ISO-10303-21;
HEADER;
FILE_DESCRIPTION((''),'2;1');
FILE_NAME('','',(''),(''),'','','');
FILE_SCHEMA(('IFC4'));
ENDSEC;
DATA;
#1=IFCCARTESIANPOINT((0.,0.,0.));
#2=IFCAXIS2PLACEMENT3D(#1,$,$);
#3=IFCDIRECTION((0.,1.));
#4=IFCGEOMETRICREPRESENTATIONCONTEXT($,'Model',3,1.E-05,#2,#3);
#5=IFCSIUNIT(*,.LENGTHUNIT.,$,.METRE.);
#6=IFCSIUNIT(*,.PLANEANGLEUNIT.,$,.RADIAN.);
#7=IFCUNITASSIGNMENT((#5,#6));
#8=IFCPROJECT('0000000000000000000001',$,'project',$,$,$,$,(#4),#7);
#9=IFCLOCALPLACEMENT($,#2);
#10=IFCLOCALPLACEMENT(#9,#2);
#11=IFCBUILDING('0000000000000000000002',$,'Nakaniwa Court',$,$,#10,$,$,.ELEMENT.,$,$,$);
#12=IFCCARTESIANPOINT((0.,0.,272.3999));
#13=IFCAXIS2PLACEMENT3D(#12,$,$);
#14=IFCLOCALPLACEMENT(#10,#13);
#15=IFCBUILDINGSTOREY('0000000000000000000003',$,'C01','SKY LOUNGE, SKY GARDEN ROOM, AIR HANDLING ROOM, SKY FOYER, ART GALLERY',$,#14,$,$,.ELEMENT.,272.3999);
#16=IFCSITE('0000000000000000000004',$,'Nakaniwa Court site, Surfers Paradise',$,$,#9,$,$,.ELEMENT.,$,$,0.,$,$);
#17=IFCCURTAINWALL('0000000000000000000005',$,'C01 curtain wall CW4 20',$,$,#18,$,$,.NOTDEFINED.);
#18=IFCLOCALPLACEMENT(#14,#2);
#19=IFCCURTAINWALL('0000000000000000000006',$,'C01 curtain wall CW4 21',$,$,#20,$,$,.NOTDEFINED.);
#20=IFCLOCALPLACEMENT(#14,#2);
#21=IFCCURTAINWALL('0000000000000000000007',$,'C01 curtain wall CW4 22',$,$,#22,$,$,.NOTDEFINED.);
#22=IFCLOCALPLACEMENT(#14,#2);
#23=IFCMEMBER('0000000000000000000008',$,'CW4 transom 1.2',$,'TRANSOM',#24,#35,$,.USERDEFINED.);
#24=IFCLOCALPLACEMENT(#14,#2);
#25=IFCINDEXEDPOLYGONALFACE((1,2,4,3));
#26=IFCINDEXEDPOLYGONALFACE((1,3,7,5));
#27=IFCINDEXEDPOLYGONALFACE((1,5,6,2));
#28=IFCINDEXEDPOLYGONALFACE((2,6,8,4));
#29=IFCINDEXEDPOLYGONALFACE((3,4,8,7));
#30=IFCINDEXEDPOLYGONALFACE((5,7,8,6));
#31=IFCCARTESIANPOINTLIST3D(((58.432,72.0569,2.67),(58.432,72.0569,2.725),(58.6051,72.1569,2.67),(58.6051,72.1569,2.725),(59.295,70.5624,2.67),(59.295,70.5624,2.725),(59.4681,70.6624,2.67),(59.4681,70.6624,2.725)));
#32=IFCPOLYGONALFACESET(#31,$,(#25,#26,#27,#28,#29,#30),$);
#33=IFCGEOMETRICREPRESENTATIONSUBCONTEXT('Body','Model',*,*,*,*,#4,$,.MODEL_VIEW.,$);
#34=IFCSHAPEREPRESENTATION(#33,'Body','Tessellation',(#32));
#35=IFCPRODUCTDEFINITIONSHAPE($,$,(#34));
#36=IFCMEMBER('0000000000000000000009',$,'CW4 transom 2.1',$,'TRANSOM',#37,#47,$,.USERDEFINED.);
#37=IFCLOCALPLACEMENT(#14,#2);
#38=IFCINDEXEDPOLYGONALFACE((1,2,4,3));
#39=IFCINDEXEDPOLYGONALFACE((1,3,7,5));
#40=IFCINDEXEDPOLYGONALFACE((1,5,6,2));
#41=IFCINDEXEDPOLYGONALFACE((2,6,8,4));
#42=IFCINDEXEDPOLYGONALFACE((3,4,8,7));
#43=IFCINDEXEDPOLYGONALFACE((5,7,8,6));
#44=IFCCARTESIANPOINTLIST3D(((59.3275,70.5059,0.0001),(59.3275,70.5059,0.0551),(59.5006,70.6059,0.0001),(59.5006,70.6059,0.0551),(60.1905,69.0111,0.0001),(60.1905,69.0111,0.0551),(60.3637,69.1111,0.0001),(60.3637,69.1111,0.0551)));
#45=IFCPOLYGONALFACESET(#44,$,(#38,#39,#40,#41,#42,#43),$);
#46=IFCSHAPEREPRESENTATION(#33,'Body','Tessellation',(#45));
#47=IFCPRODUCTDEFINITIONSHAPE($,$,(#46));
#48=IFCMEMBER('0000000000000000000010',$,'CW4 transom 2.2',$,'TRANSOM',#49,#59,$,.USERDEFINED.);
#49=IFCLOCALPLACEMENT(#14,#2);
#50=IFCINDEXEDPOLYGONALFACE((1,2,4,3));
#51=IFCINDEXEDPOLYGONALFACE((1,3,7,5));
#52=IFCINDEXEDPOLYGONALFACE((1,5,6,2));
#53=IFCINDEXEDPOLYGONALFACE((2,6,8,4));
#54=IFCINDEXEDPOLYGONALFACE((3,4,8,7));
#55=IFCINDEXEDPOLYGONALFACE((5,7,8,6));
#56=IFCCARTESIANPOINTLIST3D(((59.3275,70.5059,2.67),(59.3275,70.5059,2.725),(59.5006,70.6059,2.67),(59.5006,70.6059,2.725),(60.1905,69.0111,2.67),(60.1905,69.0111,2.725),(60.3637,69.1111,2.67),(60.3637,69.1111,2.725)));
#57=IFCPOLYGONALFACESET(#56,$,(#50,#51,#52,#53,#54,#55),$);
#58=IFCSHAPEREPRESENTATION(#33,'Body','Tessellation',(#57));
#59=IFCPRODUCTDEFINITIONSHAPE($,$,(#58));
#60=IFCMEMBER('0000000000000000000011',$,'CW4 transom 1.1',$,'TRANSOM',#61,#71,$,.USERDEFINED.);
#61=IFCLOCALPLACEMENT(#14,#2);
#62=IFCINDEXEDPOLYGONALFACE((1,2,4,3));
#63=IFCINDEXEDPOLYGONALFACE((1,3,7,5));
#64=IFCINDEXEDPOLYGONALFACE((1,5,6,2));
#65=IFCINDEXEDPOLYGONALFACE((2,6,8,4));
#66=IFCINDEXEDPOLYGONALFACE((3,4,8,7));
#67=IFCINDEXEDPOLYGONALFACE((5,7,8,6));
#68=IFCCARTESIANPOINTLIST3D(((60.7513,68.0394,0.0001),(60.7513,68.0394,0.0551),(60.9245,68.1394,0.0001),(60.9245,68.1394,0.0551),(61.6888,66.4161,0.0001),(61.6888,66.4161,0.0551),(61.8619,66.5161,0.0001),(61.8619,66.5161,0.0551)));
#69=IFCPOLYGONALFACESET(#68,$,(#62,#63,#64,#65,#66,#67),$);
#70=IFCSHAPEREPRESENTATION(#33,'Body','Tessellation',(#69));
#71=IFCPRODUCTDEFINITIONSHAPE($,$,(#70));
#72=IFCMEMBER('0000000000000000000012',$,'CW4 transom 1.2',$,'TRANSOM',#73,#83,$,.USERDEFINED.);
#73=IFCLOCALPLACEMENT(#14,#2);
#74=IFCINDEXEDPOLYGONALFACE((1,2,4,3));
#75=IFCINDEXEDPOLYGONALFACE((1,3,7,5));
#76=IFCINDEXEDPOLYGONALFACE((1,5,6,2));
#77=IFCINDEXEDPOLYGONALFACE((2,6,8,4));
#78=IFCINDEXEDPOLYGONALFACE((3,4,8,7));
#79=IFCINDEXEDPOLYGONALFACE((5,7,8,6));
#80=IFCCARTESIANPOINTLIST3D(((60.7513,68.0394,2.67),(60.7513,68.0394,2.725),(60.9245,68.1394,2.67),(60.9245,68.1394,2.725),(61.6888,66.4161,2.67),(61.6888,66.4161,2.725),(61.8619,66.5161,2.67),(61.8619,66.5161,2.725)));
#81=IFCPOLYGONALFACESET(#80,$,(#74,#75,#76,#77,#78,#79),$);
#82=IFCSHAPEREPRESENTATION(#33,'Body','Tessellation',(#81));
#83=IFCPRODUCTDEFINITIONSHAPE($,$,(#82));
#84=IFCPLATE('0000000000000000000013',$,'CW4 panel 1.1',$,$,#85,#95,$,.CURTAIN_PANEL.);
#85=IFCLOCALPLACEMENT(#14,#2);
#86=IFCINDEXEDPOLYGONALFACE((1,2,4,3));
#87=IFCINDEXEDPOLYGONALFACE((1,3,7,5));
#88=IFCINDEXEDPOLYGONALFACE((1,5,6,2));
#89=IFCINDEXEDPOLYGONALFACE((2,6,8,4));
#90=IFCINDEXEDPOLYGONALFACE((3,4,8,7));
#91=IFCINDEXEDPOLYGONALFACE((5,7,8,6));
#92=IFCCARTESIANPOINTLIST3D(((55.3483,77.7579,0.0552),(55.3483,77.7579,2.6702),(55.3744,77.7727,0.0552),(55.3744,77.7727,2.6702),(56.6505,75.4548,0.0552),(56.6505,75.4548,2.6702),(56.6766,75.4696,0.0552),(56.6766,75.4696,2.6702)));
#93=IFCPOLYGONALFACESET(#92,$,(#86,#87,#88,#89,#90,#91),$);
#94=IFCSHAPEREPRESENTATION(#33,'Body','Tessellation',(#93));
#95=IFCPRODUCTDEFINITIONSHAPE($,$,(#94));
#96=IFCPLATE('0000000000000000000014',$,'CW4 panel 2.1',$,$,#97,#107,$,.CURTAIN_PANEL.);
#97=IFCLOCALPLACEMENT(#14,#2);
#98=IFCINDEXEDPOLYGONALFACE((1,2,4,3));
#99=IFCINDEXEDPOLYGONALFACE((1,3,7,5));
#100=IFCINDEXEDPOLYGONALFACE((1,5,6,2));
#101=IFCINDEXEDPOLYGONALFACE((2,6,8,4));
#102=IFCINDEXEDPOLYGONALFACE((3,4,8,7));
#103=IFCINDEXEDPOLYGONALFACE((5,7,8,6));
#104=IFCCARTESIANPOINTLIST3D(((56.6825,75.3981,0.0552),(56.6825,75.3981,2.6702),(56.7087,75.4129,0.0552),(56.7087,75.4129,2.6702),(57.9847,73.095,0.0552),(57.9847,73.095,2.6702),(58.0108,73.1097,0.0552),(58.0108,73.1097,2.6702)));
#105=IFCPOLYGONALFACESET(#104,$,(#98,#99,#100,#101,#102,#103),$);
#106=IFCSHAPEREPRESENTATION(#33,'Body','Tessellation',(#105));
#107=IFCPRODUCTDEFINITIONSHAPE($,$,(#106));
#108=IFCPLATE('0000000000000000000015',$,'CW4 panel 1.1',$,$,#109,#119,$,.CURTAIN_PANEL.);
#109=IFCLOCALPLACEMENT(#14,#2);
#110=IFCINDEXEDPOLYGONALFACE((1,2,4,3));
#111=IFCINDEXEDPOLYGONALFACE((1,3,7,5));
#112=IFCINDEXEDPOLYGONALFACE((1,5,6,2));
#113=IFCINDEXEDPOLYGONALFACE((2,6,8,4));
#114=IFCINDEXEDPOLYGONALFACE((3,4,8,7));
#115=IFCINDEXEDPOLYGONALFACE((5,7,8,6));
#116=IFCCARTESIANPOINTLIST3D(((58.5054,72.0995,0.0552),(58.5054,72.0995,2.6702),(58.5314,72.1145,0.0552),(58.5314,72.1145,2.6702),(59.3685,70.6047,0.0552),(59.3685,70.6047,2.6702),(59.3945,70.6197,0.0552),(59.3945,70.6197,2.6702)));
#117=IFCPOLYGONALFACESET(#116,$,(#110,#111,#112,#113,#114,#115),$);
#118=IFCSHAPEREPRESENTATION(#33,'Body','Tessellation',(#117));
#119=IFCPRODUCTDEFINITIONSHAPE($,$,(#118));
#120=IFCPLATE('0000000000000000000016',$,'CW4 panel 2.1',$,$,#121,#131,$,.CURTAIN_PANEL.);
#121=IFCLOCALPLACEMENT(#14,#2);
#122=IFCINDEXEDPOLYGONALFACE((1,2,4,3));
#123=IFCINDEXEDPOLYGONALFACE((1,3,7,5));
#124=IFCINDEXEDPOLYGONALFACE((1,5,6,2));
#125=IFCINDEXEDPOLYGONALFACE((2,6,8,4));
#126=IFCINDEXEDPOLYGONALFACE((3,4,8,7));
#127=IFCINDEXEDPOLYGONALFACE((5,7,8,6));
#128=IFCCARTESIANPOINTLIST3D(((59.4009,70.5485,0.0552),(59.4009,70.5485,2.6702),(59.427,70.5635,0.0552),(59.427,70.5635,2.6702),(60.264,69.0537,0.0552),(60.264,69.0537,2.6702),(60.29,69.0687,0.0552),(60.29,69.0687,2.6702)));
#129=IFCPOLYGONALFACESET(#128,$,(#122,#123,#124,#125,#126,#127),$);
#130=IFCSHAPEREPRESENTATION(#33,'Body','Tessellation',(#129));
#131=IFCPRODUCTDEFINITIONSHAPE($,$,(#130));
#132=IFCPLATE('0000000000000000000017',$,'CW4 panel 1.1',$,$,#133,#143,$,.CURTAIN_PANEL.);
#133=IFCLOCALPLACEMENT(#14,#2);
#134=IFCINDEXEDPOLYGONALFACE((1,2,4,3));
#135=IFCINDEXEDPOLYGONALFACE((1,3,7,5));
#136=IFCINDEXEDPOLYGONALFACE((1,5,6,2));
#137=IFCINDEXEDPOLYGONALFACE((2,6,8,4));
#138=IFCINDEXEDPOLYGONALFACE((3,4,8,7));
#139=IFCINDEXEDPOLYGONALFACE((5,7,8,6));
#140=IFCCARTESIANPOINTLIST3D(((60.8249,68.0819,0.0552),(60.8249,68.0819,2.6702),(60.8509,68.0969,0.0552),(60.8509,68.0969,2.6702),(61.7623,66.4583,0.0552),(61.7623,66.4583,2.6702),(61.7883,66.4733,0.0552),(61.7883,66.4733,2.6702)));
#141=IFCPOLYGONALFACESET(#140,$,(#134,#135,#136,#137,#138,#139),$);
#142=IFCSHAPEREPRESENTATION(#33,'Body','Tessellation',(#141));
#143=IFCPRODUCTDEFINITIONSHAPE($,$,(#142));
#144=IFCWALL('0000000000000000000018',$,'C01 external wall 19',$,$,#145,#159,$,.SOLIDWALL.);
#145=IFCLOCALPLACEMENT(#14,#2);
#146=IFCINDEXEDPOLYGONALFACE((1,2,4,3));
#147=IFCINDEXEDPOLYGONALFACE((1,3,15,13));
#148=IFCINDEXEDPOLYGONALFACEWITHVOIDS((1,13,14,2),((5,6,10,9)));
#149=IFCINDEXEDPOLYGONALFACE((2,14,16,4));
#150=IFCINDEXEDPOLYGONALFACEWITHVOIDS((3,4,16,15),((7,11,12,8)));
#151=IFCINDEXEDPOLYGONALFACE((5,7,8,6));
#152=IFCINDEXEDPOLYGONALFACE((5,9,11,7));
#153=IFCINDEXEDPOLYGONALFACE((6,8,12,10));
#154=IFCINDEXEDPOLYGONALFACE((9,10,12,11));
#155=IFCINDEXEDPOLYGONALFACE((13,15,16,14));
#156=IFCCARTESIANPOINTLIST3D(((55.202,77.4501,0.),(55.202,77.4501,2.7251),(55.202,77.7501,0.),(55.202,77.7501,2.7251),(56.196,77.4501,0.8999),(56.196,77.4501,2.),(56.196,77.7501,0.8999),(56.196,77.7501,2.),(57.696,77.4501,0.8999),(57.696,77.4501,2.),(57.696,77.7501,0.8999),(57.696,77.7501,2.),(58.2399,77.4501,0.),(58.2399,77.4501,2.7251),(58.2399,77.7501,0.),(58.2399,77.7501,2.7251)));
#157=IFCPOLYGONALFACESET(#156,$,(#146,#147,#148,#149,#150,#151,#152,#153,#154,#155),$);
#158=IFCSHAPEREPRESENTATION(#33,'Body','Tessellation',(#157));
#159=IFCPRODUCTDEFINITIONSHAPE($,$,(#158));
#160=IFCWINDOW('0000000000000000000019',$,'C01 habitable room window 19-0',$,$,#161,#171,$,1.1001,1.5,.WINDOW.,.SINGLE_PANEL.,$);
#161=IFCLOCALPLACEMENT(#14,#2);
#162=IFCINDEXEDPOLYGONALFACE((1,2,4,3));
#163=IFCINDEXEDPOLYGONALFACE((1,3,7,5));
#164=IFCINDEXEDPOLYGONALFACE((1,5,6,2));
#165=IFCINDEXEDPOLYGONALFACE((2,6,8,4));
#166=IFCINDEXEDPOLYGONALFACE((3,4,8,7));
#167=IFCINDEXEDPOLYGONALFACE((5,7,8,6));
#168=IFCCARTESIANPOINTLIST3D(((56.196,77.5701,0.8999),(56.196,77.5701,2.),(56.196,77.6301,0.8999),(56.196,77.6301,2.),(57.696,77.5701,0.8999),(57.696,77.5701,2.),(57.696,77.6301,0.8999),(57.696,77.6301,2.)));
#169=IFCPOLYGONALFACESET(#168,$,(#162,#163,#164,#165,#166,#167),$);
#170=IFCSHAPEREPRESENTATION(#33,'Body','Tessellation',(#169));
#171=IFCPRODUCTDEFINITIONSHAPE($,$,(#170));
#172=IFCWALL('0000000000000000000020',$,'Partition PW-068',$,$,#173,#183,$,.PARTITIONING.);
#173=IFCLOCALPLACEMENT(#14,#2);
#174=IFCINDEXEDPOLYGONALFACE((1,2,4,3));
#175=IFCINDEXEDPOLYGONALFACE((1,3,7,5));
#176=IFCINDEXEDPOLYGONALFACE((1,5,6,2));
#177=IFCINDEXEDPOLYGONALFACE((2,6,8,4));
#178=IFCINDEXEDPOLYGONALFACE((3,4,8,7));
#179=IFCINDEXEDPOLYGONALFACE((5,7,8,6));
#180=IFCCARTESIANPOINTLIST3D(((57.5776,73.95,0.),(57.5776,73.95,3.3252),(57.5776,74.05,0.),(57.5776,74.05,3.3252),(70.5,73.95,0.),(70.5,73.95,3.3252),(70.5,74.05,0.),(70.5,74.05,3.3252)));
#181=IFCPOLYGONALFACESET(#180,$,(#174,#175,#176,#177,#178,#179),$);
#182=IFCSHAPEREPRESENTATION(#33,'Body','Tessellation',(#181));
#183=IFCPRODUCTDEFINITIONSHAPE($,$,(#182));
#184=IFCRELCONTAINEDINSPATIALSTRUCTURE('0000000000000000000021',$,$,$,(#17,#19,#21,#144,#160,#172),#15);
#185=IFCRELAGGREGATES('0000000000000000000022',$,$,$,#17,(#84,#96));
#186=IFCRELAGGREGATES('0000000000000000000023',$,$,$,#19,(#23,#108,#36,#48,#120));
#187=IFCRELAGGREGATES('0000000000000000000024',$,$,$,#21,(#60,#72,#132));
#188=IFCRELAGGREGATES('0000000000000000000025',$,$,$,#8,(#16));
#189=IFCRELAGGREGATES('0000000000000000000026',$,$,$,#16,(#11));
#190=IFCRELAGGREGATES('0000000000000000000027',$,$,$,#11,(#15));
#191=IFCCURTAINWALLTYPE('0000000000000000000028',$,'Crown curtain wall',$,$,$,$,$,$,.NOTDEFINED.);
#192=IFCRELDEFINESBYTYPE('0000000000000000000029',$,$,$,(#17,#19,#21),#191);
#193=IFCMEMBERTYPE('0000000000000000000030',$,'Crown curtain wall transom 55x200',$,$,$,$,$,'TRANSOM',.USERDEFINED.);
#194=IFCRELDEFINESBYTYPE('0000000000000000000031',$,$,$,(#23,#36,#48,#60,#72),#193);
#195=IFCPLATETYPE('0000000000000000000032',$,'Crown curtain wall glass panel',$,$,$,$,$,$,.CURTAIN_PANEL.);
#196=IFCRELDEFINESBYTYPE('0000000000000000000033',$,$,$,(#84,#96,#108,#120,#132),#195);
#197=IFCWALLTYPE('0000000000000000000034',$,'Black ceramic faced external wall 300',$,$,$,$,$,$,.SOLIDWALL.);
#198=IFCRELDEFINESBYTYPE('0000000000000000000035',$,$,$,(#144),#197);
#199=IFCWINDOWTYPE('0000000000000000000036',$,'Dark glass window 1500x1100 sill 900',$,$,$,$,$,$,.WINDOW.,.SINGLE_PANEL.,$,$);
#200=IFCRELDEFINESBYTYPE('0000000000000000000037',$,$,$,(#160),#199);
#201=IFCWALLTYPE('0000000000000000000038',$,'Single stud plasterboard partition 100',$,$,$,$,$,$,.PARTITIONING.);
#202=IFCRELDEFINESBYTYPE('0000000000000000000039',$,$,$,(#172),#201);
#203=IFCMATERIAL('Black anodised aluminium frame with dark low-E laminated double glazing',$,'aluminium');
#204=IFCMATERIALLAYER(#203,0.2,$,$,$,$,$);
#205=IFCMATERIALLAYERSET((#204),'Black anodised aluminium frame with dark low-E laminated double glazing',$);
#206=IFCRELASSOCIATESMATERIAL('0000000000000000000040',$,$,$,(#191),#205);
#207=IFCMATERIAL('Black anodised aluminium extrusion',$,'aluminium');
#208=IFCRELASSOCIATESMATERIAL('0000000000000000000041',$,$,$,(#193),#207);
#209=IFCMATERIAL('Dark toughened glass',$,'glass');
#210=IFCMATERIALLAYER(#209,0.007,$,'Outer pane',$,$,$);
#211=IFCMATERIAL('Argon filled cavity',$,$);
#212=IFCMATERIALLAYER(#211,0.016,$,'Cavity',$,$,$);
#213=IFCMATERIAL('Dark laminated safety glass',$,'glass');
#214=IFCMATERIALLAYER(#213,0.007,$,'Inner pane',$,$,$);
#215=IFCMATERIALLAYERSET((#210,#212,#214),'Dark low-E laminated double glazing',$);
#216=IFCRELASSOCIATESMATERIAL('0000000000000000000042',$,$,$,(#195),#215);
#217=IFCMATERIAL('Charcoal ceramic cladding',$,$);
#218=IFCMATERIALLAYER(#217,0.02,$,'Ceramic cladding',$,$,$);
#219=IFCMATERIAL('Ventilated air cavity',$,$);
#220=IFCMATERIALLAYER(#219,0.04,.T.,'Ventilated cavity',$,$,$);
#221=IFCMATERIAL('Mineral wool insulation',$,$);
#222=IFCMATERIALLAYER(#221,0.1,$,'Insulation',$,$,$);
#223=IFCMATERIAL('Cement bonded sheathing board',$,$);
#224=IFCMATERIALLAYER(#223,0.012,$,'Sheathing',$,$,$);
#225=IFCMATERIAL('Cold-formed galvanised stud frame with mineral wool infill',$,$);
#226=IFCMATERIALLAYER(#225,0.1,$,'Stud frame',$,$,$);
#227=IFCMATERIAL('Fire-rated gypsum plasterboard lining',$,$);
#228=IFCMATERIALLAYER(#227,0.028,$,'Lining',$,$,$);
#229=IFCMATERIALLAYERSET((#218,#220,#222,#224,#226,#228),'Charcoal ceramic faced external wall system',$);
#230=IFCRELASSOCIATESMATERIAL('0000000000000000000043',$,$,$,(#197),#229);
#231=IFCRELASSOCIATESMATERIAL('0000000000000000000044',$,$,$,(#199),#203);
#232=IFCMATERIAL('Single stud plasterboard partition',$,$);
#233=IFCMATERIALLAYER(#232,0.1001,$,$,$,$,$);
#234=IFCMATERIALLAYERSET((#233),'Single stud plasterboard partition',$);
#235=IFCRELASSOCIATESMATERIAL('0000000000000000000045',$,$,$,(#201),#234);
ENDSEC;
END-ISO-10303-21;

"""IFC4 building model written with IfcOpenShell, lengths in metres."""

from ifc_helpers import new_model, si_unit, direction, frame, frame_2d, origin, origin_2d, place, context, subcontext, project, spatial, rectangle, extrude, material, layer, layer_set, material_profile, profile_set, type_object, element, fill, aggregate, save


model = new_model("IFC4")

# Units and contexts
model_context = context("Model", 3, precision=1e-05, world=origin(), true_north=direction((0.0, 1.0)))
body_context = subcontext(model_context, "Body", "Model", "MODEL_VIEW")
ifc_project = project(units=[si_unit("LENGTHUNIT", "METRE"), si_unit("PLANEANGLEUNIT", "RADIAN")], contexts=[model_context])

# Site, building, storey
site_placement = place(None, origin())
site = spatial("IfcSite", under=ifc_project, at=site_placement, Name="Nakaniwa Court site, Surfers Paradise", CompositionType="ELEMENT", RefElevation=0.0)
building_placement = place(site_placement, origin())
building = spatial("IfcBuilding", under=site, at=building_placement, Name="Nakaniwa Court", CompositionType="ELEMENT")
storey_placement = place(building_placement, frame((0.0, 0.0, 272.3999)))
storey = spatial("IfcBuildingStorey", under=building, at=storey_placement, Name="C01", Description="SKY LOUNGE, SKY GARDEN ROOM, AIR HANDLING ROOM, SKY FOYER, ART GALLERY", CompositionType="ELEMENT", Elevation=272.3999)

# Curtain walls
ifc_material_1 = material(Name="Black anodised aluminium frame with dark low-E laminated double glazing", Category="aluminium")
ifc_layer_1 = layer(ifc_material_1, 0.2)
ifc_layer_set_1 = layer_set([ifc_layer_1], Name="Black anodised aluminium frame with dark low-E laminated double glazing")
curtain_wall_type = type_object("IfcCurtainWallType", Name="Crown curtain wall", PredefinedType="NOTDEFINED", material=ifc_layer_set_1)
curtain_wall_1_placement = place(storey_placement, origin())
curtain_wall_1 = element("IfcCurtainWall", 1, at=curtain_wall_1_placement, inside=storey, type_object=curtain_wall_type, Name="C01 curtain wall CW4 20", PredefinedType="NOTDEFINED")
ifc_material_2 = material(Name="Black anodised aluminium extrusion", Category="aluminium")
curtain_wall_2_placement = place(storey_placement, origin())
curtain_wall_2 = element("IfcCurtainWall", 2, at=curtain_wall_2_placement, inside=storey, type_object=curtain_wall_type, Name="C01 curtain wall CW4 21", PredefinedType="NOTDEFINED")

# Curtain wall
curtain_wall_3_placement = place(storey_placement, origin())
curtain_wall_3 = element("IfcCurtainWall", 3, at=curtain_wall_3_placement, inside=storey, type_object=curtain_wall_type, Name="C01 curtain wall CW4 22", PredefinedType="NOTDEFINED")

# Members
ifc_material_profile_1 = material_profile(ifc_material_2, rectangle(XDim=0.2, YDim=0.0549, at=origin_2d()), Name="Crown curtain wall transom 55x200")
ifc_profile_set_1 = profile_set([ifc_material_profile_1], Name="Black anodised aluminium extrusion")
member_type_1 = type_object("IfcMemberType", Name="Crown curtain wall transom 55x200", ElementType="TRANSOM", PredefinedType="USERDEFINED", material=ifc_profile_set_1)
member_1_placement = place(storey_placement, frame((58.5186, 72.1069, 2.6975), z_axis=(0.500049, -0.865997, 0.0), x_axis=(0.865997, 0.500049, 0.0)))
member_1 = element("IfcMember", 4, at=member_1_placement, type_object=member_type_1, Name="CW4 transom 1.2", ObjectType="TRANSOM", PredefinedType="USERDEFINED", context=body_context, shape_type="SweptSolid", body=[
    extrude(rectangle(XDim=0.2, YDim=0.0549, at=origin_2d()), origin(), (0.0, 0.0, 1.0), 1.7258),
])
member_2_placement = place(storey_placement, frame((59.4141, 70.5559, 0.0276), z_axis=(0.499988, -0.866032, 0.0), x_axis=(0.866032, 0.499988, 0.0)))
member_2 = element("IfcMember", 5, at=member_2_placement, type_object=member_type_1, Name="CW4 transom 2.1", ObjectType="TRANSOM", PredefinedType="USERDEFINED", context=body_context, shape_type="SweptSolid", body=[
    extrude(rectangle(XDim=0.2, YDim=0.0549, at=origin_2d()), origin(), (0.0, 0.0, 1.0), 1.7261),
])
member_3_placement = place(storey_placement, frame((59.4141, 70.5559, 2.6975), z_axis=(0.499988, -0.866032, 0.0), x_axis=(0.866032, 0.499988, 0.0)))
member_3 = element("IfcMember", 6, at=member_3_placement, type_object=member_type_1, Name="CW4 transom 2.2", ObjectType="TRANSOM", PredefinedType="USERDEFINED", context=body_context, shape_type="SweptSolid", body=[
    extrude(rectangle(XDim=0.2, YDim=0.0549, at=origin_2d()), origin(), (0.0, 0.0, 1.0), 1.7261),
])
member_4_placement = place(storey_placement, frame((60.8379, 68.0894, 0.0276), z_axis=(0.500117, -0.865958, 0.0), x_axis=(0.865958, 0.500117, 0.0)))
member_4 = element("IfcMember", 7, at=member_4_placement, type_object=member_type_1, Name="CW4 transom 1.1", ObjectType="TRANSOM", PredefinedType="USERDEFINED", context=body_context, shape_type="SweptSolid", body=[
    extrude(rectangle(XDim=0.2, YDim=0.0549, at=origin_2d()), origin(), (0.0, 0.0, 1.0), 1.8745),
])
member_5_placement = place(storey_placement, frame((60.8379, 68.0894, 2.6975), z_axis=(0.500117, -0.865958, 0.0), x_axis=(0.865958, 0.500117, 0.0)))
member_5 = element("IfcMember", 8, at=member_5_placement, type_object=member_type_1, Name="CW4 transom 1.2", ObjectType="TRANSOM", PredefinedType="USERDEFINED", context=body_context, shape_type="SweptSolid", body=[
    extrude(rectangle(XDim=0.2, YDim=0.0549, at=origin_2d()), origin(), (0.0, 0.0, 1.0), 1.8745),
])

# Plates
ifc_material_3 = material(Name="Dark toughened glass", Category="glass")
ifc_layer_2 = layer(ifc_material_3, 0.007, Name="Outer pane")
ifc_material_4 = material(Name="Argon filled cavity")
ifc_layer_3 = layer(ifc_material_4, 0.016, Name="Cavity")
ifc_material_5 = material(Name="Dark laminated safety glass", Category="glass")
ifc_layer_4 = layer(ifc_material_5, 0.007, Name="Inner pane")
ifc_layer_set_2 = layer_set([ifc_layer_2, ifc_layer_3, ifc_layer_4], Name="Dark low-E laminated double glazing")
plate_type = type_object("IfcPlateType", Name="Crown curtain wall glass panel", PredefinedType="CURTAIN_PANEL", material=ifc_layer_set_2)
plate_1_placement = place(storey_placement, frame((56.0125, 76.6138, 0.0552), z_axis=(0.0, 0.0, 1.0), x_axis=(0.492177, -0.870495, 0.0)))
plate_1 = element("IfcPlate", 9, at=plate_1_placement, type_object=plate_type, Name="CW4 panel 1.1", PredefinedType="CURTAIN_PANEL", context=body_context, shape_type="SweptSolid", body=[
    extrude(rectangle(XDim=2.6458, YDim=0.03, at=origin_2d()), origin(), (0.0, 0.0, 1.0), 2.615),
])
plate_2_placement = place(storey_placement, frame((57.3467, 74.2539, 0.0552), z_axis=(0.0, 0.0, 1.0), x_axis=(0.492177, -0.870495, 0.0)))
plate_2 = element("IfcPlate", 10, at=plate_2_placement, type_object=plate_type, Name="CW4 panel 2.1", PredefinedType="CURTAIN_PANEL", context=body_context, shape_type="SweptSolid", body=[
    extrude(rectangle(XDim=2.6458, YDim=0.03, at=origin_2d()), origin(), (0.0, 0.0, 1.0), 2.615),
])
aggregate(curtain_wall_1, [plate_1, plate_2])
plate_3_placement = place(storey_placement, frame((58.95, 71.3596, 0.0552), z_axis=(0.0, 0.0, 1.0), x_axis=(0.499987, -0.866033, 0.0)))
plate_3 = element("IfcPlate", 11, at=plate_3_placement, type_object=plate_type, Name="CW4 panel 1.1", PredefinedType="CURTAIN_PANEL", context=body_context, shape_type="SweptSolid", body=[
    extrude(rectangle(XDim=1.7261, YDim=0.03, at=origin_2d()), origin(), (0.0, 0.0, 1.0), 2.615),
])
plate_4_placement = place(storey_placement, frame((59.8455, 69.8086, 0.0552), z_axis=(0.0, 0.0, 1.0), x_axis=(0.499987, -0.866033, 0.0)))
plate_4 = element("IfcPlate", 12, at=plate_4_placement, type_object=plate_type, Name="CW4 panel 2.1", PredefinedType="CURTAIN_PANEL", context=body_context, shape_type="SweptSolid", body=[
    extrude(rectangle(XDim=1.7261, YDim=0.03, at=origin_2d()), origin(), (0.0, 0.0, 1.0), 2.615),
])
aggregate(curtain_wall_2, [member_1, plate_3, member_2, member_3, plate_4])
plate_5_placement = place(storey_placement, frame((61.3066, 67.2776, 0.0552), z_axis=(0.0, 0.0, 1.0), x_axis=(0.500017, -0.866016, 0.0)))
plate_5 = element("IfcPlate", 13, at=plate_5_placement, type_object=plate_type, Name="CW4 panel 1.1", PredefinedType="CURTAIN_PANEL", context=body_context, shape_type="SweptSolid", body=[
    extrude(rectangle(XDim=1.8748, YDim=0.03, at=origin_2d()), origin(), (0.0, 0.0, 1.0), 2.615),
])
aggregate(curtain_wall_3, [member_4, member_5, plate_5])

# Wall, opening, window
ifc_material_6 = material(Name="Charcoal ceramic cladding")
ifc_layer_5 = layer(ifc_material_6, 0.02, Name="Ceramic cladding")
ifc_material_7 = material(Name="Ventilated air cavity")
ifc_layer_6 = layer(ifc_material_7, 0.04, ventilated=True, Name="Ventilated cavity")
ifc_material_8 = material(Name="Mineral wool insulation")
ifc_layer_7 = layer(ifc_material_8, 0.1, Name="Insulation")
ifc_material_9 = material(Name="Cement bonded sheathing board")
ifc_layer_8 = layer(ifc_material_9, 0.012, Name="Sheathing")
ifc_material_10 = material(Name="Cold-formed galvanised stud frame with mineral wool infill")
ifc_layer_9 = layer(ifc_material_10, 0.1, Name="Stud frame")
ifc_material_11 = material(Name="Fire-rated gypsum plasterboard lining")
ifc_layer_10 = layer(ifc_material_11, 0.028, Name="Lining")
ifc_layer_set_3 = layer_set([ifc_layer_5, ifc_layer_6, ifc_layer_7, ifc_layer_8, ifc_layer_9, ifc_layer_10], Name="Charcoal ceramic faced external wall system")
wall_type_1 = type_object("IfcWallType", Name="Black ceramic faced external wall 300", PredefinedType="SOLIDWALL", material=ifc_layer_set_3)
wall_1_placement = place(storey_placement, frame((58.24, 77.6001, 0.0), z_axis=(0.0, 0.0, 1.0), x_axis=(-1.0, 0.0, 0.0)))
wall_1 = element("IfcWall", 14, at=wall_1_placement, inside=storey, type_object=wall_type_1, Name="C01 external wall 19", PredefinedType="SOLIDWALL", context=body_context, shape_type="SweptSolid", body=[
    extrude(rectangle(XDim=3.0378, YDim=0.3, at=frame_2d((1.519, 0.0))), origin(), (0.0, 0.0, 1.0), 2.7251),
])
opening_placement = place(wall_1_placement, frame((0.5439, 0.0, 0.8999)))
opening = element("IfcOpeningElement", 15, at=opening_placement, cuts=wall_1, PredefinedType="OPENING", context=body_context, shape_type="SweptSolid", body=[
    extrude(rectangle(XDim=1.5, YDim=1.1001, at=frame_2d((0.75, 0.55))), frame((0.0, 0.1599, 0.0), z_axis=(0.0, -1.0, 0.0), x_axis=(1.0, 0.0, 0.0)), (0.0, 0.0, 1.0), 0.3201),
])
window_type = type_object("IfcWindowType", Name="Dark glass window 1500x1100 sill 900", PartitioningType="SINGLE_PANEL", PredefinedType="WINDOW", material=ifc_material_1)
window_placement = place(opening_placement, origin())
window = element("IfcWindow", 16, at=window_placement, inside=storey, type_object=window_type, Name="C01 habitable room window 19-0", OverallHeight=1.1001, OverallWidth=1.5, PartitioningType="SINGLE_PANEL", PredefinedType="WINDOW", context=body_context, shape_type="SweptSolid", body=[
    extrude(rectangle(XDim=1.5, YDim=1.1001, at=frame_2d((0.75, 0.55))), frame((0.0, 0.03, 0.0), z_axis=(0.0, -1.0, 0.0), x_axis=(1.0, 0.0, 0.0)), (0.0, 0.0, 1.0), 0.0601),
])
fill(opening, window)

# Wall
ifc_material_12 = material(Name="Single stud plasterboard partition")
ifc_layer_11 = layer(ifc_material_12, 0.1001)
ifc_layer_set_4 = layer_set([ifc_layer_11], Name="Single stud plasterboard partition")
wall_type_2 = type_object("IfcWallType", Name="Single stud plasterboard partition 100", PredefinedType="PARTITIONING", material=ifc_layer_set_4)
wall_2_placement = place(storey_placement, frame((57.5776, 74.0, 0.0), z_axis=(0.0, 0.0, 1.0), x_axis=(1.0, 0.0, 0.0)))
element("IfcWall", 17, at=wall_2_placement, inside=storey, type_object=wall_type_2, Name="Partition PW-068", PredefinedType="PARTITIONING", context=body_context, shape_type="SweptSolid", body=[
    extrude(rectangle(XDim=12.9224, YDim=0.1001, at=frame_2d((6.4612, 0.0))), origin(), (0.0, 0.0, 1.0), 3.3252),
])

save(model, "model.ifc")
